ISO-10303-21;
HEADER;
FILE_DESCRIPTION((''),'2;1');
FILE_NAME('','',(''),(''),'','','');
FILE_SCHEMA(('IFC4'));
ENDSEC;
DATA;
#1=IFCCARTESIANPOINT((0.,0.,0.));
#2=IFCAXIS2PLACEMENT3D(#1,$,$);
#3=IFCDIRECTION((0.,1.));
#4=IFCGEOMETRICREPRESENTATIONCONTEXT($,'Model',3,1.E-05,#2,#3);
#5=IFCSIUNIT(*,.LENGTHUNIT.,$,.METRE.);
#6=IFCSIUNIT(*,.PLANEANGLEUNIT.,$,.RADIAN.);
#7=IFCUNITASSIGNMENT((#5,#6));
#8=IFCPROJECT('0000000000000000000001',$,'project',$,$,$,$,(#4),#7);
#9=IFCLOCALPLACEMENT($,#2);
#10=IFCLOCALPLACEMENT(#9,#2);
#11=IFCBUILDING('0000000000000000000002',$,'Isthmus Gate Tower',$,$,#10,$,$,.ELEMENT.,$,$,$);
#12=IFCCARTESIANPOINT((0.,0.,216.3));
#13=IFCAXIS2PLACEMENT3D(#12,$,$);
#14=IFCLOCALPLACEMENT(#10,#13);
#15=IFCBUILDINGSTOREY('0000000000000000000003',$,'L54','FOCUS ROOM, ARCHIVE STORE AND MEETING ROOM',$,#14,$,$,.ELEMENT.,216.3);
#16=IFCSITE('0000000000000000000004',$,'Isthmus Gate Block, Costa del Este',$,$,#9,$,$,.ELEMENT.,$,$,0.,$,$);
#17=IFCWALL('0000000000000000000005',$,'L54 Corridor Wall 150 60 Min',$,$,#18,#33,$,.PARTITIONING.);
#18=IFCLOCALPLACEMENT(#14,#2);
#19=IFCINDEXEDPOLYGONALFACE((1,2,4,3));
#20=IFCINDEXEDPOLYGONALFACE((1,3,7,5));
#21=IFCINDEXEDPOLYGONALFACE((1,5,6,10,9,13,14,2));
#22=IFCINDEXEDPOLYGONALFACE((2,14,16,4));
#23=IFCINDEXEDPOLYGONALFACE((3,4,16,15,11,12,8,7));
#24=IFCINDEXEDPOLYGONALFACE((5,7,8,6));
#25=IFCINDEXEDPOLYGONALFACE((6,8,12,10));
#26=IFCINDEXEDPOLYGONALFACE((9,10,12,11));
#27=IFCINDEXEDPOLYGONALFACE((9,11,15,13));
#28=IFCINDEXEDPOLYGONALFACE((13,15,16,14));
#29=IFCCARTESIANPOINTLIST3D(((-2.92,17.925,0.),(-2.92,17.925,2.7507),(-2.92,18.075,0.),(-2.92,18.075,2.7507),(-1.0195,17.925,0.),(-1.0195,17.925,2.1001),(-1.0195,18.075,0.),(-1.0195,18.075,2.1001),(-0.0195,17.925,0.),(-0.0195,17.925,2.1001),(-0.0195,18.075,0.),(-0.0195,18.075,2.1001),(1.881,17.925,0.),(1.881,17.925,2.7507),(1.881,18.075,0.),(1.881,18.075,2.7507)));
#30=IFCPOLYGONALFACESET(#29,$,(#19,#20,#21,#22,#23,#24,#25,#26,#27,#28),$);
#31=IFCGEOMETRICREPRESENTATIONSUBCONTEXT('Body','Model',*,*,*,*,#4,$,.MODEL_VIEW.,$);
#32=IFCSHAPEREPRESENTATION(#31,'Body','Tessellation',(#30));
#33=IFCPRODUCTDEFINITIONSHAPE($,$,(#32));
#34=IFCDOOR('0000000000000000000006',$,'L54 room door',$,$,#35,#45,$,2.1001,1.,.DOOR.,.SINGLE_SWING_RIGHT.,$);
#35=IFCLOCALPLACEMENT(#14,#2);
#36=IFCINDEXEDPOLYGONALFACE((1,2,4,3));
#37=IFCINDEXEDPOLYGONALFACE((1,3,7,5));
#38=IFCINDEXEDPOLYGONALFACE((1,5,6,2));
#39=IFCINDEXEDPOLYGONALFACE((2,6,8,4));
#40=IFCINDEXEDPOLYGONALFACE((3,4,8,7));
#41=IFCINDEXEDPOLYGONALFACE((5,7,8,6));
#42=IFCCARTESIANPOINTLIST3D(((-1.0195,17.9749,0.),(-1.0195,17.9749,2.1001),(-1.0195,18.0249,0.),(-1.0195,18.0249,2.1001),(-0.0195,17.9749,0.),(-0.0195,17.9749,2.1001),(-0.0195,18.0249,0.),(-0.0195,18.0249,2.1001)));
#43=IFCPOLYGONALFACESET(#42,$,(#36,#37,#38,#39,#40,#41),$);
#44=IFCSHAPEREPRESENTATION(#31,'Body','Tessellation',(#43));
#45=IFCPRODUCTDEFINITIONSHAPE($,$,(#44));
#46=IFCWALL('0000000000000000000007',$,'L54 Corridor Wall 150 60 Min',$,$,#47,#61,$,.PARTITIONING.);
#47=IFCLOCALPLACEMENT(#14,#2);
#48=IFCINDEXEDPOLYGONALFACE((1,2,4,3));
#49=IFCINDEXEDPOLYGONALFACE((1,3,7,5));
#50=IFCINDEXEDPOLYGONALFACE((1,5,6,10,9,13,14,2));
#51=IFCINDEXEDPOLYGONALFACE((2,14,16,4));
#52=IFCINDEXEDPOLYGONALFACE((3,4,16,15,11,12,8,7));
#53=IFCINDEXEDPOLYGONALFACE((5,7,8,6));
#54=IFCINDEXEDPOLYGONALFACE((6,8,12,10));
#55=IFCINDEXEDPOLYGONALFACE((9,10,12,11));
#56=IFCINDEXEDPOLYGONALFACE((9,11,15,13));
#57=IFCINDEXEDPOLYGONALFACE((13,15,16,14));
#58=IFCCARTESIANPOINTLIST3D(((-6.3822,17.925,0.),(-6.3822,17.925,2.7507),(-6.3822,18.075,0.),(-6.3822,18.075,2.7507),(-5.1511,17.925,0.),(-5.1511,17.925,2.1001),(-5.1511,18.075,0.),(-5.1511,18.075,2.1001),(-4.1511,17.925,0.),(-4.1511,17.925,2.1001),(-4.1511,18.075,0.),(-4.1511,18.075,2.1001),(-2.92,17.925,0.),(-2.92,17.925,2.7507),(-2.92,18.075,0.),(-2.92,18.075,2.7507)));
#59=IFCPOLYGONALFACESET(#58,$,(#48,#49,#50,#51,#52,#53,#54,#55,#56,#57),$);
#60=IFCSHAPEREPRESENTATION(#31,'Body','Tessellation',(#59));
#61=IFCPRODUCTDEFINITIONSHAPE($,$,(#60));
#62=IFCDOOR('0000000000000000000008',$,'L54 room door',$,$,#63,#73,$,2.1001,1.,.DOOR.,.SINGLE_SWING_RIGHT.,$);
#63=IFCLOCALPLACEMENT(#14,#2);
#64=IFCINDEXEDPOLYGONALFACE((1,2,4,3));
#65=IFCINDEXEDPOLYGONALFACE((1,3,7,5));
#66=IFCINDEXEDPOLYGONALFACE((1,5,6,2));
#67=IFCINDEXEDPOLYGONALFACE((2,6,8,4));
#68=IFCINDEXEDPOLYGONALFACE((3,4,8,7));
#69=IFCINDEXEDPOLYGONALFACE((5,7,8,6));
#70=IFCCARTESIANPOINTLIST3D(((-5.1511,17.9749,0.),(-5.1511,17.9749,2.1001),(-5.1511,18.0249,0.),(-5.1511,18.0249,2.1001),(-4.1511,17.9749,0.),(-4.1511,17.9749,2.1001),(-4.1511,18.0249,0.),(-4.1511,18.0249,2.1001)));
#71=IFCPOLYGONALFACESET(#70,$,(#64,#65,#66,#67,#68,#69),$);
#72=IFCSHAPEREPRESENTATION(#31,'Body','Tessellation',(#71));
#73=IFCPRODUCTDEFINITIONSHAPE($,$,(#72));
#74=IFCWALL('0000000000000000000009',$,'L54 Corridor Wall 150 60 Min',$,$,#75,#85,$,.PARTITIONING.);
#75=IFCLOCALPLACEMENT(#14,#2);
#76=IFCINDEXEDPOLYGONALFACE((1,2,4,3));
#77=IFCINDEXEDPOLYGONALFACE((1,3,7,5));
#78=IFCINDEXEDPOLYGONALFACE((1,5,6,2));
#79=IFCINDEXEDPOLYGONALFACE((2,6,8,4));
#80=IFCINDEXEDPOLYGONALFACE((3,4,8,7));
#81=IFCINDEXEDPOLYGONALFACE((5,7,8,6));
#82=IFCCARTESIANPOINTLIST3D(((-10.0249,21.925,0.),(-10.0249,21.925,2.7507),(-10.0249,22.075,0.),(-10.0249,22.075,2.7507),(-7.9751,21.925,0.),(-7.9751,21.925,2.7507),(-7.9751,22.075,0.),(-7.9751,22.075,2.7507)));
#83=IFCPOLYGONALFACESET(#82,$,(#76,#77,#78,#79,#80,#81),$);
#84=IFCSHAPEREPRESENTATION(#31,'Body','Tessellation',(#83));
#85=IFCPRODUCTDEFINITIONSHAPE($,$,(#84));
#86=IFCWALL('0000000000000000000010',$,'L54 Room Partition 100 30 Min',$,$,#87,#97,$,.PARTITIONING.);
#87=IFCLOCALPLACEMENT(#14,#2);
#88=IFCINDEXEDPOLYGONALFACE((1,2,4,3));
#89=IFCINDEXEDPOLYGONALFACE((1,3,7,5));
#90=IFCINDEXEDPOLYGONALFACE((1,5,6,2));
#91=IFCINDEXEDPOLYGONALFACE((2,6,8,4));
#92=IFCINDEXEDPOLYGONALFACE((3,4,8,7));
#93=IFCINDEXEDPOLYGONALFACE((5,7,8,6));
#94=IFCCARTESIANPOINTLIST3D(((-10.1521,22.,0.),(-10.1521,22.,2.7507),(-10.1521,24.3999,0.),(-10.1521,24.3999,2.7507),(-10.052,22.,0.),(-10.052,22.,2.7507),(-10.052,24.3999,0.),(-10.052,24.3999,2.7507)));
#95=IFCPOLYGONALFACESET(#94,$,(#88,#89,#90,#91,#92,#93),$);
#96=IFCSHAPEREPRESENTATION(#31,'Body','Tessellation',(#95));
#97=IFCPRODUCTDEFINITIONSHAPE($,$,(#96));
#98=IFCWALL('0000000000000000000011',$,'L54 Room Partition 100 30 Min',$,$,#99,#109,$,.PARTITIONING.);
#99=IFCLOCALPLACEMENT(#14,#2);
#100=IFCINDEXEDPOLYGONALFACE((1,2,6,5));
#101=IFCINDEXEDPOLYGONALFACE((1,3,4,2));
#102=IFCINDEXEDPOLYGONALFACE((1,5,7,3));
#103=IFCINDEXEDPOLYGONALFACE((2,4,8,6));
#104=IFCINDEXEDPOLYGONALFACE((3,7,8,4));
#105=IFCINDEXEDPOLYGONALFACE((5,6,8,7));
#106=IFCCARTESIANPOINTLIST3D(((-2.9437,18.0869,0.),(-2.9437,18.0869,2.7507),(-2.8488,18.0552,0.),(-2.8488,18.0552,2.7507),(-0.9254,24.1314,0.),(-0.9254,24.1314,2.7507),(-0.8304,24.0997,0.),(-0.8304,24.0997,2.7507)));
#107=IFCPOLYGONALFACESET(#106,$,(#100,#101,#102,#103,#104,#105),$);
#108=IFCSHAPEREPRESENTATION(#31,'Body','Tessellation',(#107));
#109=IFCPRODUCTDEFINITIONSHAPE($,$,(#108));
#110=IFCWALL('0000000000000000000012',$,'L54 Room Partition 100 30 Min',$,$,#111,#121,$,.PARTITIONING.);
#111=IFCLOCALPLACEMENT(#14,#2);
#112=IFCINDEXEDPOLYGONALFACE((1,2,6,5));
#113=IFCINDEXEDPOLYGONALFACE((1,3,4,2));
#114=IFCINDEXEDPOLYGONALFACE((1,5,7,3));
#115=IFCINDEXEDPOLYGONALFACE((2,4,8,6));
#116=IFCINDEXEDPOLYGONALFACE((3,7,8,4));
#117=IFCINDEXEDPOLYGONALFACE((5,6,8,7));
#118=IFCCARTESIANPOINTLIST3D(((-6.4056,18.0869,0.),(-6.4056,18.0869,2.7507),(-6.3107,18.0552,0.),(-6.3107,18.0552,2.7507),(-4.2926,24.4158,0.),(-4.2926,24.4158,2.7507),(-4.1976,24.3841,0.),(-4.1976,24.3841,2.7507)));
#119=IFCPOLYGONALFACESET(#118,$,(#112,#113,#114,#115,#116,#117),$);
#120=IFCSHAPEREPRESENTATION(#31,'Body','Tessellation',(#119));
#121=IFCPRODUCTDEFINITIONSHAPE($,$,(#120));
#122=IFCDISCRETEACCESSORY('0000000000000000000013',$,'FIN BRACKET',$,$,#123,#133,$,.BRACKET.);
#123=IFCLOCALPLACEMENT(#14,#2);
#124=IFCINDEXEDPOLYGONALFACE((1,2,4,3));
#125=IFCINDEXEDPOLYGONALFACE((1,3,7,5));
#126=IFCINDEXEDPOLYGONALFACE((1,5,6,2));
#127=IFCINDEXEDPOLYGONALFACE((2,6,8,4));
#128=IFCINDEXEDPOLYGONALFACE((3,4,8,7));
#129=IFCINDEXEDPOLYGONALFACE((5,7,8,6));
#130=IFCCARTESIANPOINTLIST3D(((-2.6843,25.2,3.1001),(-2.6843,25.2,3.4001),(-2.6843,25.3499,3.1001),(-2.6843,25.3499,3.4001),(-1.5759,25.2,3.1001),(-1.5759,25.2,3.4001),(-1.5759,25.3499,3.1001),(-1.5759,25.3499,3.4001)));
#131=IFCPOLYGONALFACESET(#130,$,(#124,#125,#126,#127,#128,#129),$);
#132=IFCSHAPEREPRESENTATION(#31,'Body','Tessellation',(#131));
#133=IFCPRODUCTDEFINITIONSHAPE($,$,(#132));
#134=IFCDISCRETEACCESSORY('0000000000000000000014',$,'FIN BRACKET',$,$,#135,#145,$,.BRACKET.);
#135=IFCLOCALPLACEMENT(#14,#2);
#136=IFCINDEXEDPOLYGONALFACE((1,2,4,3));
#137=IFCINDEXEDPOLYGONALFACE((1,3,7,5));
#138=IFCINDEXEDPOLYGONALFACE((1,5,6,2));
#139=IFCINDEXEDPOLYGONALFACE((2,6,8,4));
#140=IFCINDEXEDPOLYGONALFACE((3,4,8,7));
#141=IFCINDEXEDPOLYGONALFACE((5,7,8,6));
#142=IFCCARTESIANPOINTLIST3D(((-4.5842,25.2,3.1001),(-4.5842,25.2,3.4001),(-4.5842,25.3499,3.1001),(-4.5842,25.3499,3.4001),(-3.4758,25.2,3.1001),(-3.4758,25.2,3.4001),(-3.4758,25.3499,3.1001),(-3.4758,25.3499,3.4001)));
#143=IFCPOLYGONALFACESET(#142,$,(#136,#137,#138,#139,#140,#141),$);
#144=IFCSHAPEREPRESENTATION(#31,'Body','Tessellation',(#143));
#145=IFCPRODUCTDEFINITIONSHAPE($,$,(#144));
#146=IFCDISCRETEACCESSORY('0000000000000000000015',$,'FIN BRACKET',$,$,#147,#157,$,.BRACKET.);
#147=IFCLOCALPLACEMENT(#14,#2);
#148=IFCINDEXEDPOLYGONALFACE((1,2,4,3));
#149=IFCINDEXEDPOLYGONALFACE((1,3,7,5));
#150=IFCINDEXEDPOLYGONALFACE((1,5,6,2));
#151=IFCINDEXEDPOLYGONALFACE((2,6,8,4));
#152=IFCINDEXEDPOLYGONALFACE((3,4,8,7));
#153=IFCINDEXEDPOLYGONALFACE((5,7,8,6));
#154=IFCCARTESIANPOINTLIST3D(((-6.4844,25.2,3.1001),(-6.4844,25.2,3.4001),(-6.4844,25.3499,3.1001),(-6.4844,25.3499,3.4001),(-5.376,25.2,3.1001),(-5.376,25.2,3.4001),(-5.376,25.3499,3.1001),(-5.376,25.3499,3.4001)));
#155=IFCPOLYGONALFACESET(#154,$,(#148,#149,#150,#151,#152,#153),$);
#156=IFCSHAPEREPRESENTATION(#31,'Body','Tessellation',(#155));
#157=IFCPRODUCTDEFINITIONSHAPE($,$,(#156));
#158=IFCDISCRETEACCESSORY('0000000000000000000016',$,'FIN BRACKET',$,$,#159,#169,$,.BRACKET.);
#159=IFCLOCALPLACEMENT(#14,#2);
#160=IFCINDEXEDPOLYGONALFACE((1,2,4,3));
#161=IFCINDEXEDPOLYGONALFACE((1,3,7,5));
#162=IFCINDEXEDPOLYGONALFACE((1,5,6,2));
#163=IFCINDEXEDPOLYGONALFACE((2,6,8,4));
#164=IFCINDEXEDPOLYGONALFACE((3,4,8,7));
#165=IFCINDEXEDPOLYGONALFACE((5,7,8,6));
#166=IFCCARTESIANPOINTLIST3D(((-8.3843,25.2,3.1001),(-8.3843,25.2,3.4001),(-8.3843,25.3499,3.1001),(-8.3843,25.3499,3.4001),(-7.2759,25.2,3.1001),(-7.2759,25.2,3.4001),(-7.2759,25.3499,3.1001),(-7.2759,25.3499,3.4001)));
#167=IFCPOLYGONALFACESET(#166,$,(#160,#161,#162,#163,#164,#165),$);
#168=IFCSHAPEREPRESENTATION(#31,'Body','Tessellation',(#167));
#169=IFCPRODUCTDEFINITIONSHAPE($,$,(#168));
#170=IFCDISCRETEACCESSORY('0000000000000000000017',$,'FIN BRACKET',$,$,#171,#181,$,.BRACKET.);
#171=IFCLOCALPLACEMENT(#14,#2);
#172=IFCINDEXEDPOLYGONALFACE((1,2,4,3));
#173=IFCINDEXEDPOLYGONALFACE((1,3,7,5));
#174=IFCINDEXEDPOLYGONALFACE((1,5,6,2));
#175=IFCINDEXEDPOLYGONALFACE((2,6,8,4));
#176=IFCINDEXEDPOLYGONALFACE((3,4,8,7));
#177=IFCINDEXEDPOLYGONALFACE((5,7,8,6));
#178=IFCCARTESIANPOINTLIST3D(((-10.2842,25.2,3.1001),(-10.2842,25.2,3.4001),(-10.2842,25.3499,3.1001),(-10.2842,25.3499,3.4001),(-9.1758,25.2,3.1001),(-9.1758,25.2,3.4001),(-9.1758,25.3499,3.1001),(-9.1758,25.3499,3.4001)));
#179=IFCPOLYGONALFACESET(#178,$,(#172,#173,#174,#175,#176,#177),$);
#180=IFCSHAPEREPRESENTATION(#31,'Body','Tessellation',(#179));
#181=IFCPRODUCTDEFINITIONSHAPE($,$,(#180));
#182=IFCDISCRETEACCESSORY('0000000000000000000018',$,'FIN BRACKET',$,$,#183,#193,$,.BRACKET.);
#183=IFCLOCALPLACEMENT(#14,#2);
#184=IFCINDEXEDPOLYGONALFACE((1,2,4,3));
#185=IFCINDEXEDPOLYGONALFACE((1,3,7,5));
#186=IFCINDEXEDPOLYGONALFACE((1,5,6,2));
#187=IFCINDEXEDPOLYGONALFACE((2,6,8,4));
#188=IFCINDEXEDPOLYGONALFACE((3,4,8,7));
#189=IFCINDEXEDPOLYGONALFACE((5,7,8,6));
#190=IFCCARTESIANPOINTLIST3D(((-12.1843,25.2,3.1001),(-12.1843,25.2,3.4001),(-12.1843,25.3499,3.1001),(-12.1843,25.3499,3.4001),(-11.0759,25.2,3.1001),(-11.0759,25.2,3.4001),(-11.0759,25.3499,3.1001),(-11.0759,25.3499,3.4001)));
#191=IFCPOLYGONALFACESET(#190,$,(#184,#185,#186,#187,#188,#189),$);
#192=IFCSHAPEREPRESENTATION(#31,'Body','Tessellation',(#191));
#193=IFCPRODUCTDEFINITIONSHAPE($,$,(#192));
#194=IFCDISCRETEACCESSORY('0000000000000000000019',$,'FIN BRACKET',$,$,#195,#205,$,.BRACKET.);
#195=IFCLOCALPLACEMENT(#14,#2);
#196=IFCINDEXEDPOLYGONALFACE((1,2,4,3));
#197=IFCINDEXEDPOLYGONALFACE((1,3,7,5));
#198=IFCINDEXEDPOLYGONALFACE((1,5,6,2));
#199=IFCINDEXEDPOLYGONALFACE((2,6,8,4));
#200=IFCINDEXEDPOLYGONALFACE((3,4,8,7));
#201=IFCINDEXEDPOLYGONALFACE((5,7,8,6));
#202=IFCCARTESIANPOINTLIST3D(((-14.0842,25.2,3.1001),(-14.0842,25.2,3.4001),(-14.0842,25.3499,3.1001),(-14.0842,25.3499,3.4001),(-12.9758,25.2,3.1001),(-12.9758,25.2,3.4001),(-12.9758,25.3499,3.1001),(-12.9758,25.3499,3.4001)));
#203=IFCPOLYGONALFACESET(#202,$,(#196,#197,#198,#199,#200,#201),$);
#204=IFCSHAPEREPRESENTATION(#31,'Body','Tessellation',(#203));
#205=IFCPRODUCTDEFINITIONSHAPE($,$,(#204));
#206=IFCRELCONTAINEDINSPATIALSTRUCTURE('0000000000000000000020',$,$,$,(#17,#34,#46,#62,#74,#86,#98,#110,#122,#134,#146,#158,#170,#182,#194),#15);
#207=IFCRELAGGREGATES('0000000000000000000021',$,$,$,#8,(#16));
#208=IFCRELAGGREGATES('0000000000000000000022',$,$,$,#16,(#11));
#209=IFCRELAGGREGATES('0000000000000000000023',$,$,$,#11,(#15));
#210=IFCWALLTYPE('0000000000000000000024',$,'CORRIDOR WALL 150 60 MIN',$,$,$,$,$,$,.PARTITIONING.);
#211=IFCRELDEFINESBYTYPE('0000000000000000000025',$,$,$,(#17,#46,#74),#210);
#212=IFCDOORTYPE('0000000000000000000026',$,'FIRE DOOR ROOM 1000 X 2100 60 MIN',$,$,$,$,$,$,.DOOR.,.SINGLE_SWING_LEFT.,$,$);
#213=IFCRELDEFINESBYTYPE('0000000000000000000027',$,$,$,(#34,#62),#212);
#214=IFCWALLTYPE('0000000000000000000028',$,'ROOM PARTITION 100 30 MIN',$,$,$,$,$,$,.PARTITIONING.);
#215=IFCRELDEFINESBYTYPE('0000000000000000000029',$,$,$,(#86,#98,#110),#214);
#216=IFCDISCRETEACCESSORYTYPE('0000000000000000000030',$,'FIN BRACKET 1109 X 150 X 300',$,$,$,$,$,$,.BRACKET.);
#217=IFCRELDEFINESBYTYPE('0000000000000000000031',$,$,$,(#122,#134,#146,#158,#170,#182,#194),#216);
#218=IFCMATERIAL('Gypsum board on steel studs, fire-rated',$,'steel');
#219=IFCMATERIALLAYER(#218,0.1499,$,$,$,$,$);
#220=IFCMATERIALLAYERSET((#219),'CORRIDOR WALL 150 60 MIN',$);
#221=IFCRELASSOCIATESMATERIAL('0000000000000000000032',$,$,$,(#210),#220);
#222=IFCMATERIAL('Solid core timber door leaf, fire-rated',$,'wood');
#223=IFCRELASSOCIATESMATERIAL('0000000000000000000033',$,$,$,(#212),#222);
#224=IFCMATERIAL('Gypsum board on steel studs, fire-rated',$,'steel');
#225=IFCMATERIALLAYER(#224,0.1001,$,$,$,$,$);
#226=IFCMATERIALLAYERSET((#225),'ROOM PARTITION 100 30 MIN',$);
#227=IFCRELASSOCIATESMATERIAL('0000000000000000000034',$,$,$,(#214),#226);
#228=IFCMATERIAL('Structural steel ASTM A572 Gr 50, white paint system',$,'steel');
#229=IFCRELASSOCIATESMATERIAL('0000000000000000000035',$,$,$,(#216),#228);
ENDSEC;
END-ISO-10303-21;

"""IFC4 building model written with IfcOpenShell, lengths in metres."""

from ifc_helpers import new_model, si_unit, direction, frame, frame_2d, origin, origin_2d, place, context, subcontext, project, spatial, rectangle, extrude, material, layer, layer_set, type_object, element, fill, save


model = new_model("IFC4")

# Units and contexts
model_context = context("Model", 3, precision=1e-05, world=origin(), true_north=direction((0.0, 1.0)))
body_context = subcontext(model_context, "Body", "Model", "MODEL_VIEW")
ifc_project = project(units=[si_unit("LENGTHUNIT", "METRE"), si_unit("PLANEANGLEUNIT", "RADIAN")], contexts=[model_context])

# Site, building, storey
site_placement = place(None, origin())
site = spatial("IfcSite", under=ifc_project, at=site_placement, Name="Isthmus Gate Block, Costa del Este", CompositionType="ELEMENT", RefElevation=0.0)
building_placement = place(site_placement, origin())
building = spatial("IfcBuilding", under=site, at=building_placement, Name="Isthmus Gate Tower", CompositionType="ELEMENT")
storey_placement = place(building_placement, frame((0.0, 0.0, 216.3)))
storey = spatial("IfcBuildingStorey", under=building, at=storey_placement, Name="L54", Description="FOCUS ROOM, ARCHIVE STORE AND MEETING ROOM", CompositionType="ELEMENT", Elevation=216.3)

# Shared definitions
ifc_material_1 = material(Name="Gypsum board on steel studs, fire-rated", Category="steel")
ifc_layer_1 = layer(ifc_material_1, 0.1499)
ifc_layer_set_1 = layer_set([ifc_layer_1], Name="CORRIDOR WALL 150 60 MIN")
wall_type_1 = type_object("IfcWallType", Name="CORRIDOR WALL 150 60 MIN", PredefinedType="PARTITIONING", material=ifc_layer_set_1)
ifc_material_2 = material(Name="Solid core timber door leaf, fire-rated", Category="wood")
door_type = type_object("IfcDoorType", Name="FIRE DOOR ROOM 1000 X 2100 60 MIN", OperationType="SINGLE_SWING_LEFT", PredefinedType="DOOR", material=ifc_material_2)

# Walls, openings, doors
wall_1_placement = place(storey_placement, frame((-2.9199, 18.0, 0.0), z_axis=(0.0, 0.0, 1.0), x_axis=(1.0, 0.0, 0.0)))
wall_1 = element("IfcWall", 1, at=wall_1_placement, inside=storey, type_object=wall_type_1, Name="L54 Corridor Wall 150 60 Min", PredefinedType="PARTITIONING", context=body_context, shape_type="SweptSolid", body=[
    extrude(rectangle(XDim=4.801, YDim=0.1499, at=frame_2d((2.4004, 0.0))), origin(), (0.0, 0.0, 1.0), 2.7507),
])
opening_1_placement = place(wall_1_placement, frame((1.9004, 0.0, 0.0)))
opening_1 = element("IfcOpeningElement", 2, at=opening_1_placement, cuts=wall_1, PredefinedType="OPENING", context=body_context, shape_type="SweptSolid", body=[
    extrude(rectangle(XDim=1.0, YDim=2.1001, at=frame_2d((0.5, 1.05))), frame((0.0, 0.085, 0.0), z_axis=(0.0, -1.0, 0.0), x_axis=(1.0, 0.0, 0.0)), (0.0, 0.0, 1.0), 0.1699),
])
door_1_placement = place(opening_1_placement, origin())
door_1 = element("IfcDoor", 3, at=door_1_placement, inside=storey, type_object=door_type, Name="L54 room door", OperationType="SINGLE_SWING_RIGHT", OverallHeight=2.1001, OverallWidth=1.0, PredefinedType="DOOR", context=body_context, shape_type="SweptSolid", body=[
    extrude(rectangle(XDim=1.0, YDim=2.1001, at=frame_2d((0.5, 1.05))), frame((0.0, 0.0249, 0.0), z_axis=(0.0, -1.0, 0.0), x_axis=(1.0, 0.0, 0.0)), (0.0, 0.0, 1.0), 0.05),
])
fill(opening_1, door_1)
wall_2_placement = place(storey_placement, frame((-6.3821, 18.0, 0.0), z_axis=(0.0, 0.0, 1.0), x_axis=(1.0, 0.0, 0.0)))
wall_2 = element("IfcWall", 4, at=wall_2_placement, inside=storey, type_object=wall_type_1, Name="L54 Corridor Wall 150 60 Min", PredefinedType="PARTITIONING", context=body_context, shape_type="SweptSolid", body=[
    extrude(rectangle(XDim=3.4622, YDim=0.1499, at=frame_2d((1.731, 0.0))), origin(), (0.0, 0.0, 1.0), 2.7507),
])
opening_2_placement = place(wall_2_placement, frame((1.231, 0.0, 0.0)))
opening_2 = element("IfcOpeningElement", 5, at=opening_2_placement, cuts=wall_2, PredefinedType="OPENING", context=body_context, shape_type="SweptSolid", body=[
    extrude(rectangle(XDim=1.0, YDim=2.1001, at=frame_2d((0.5, 1.05))), frame((0.0, 0.085, 0.0), z_axis=(0.0, -1.0, 0.0), x_axis=(1.0, 0.0, 0.0)), (0.0, 0.0, 1.0), 0.1699),
])
door_2_placement = place(opening_2_placement, origin())
door_2 = element("IfcDoor", 6, at=door_2_placement, inside=storey, type_object=door_type, Name="L54 room door", OperationType="SINGLE_SWING_RIGHT", OverallHeight=2.1001, OverallWidth=1.0, PredefinedType="DOOR", context=body_context, shape_type="SweptSolid", body=[
    extrude(rectangle(XDim=1.0, YDim=2.1001, at=frame_2d((0.5, 1.05))), frame((0.0, 0.0249, 0.0), z_axis=(0.0, -1.0, 0.0), x_axis=(1.0, 0.0, 0.0)), (0.0, 0.0, 1.0), 0.05),
])
fill(opening_2, door_2)

# Walls
wall_3_placement = place(storey_placement, frame((-10.0249, 22.0, 0.0), z_axis=(0.0, 0.0, 1.0), x_axis=(1.0, 0.0, 0.0)))
element("IfcWall", 7, at=wall_3_placement, inside=storey, type_object=wall_type_1, Name="L54 Corridor Wall 150 60 Min", PredefinedType="PARTITIONING", context=body_context, shape_type="SweptSolid", body=[
    extrude(rectangle(XDim=2.0498, YDim=0.1499, at=frame_2d((1.0249, 0.0))), origin(), (0.0, 0.0, 1.0), 2.7507),
])
ifc_material_3 = material(Name="Gypsum board on steel studs, fire-rated", Category="steel")
ifc_layer_2 = layer(ifc_material_3, 0.1001)
ifc_layer_set_2 = layer_set([ifc_layer_2], Name="ROOM PARTITION 100 30 MIN")
wall_type_2 = type_object("IfcWallType", Name="ROOM PARTITION 100 30 MIN", PredefinedType="PARTITIONING", material=ifc_layer_set_2)
wall_4_placement = place(storey_placement, frame((-10.1021, 22.0, 0.0), z_axis=(0.0, 0.0, 1.0), x_axis=(0.0, 1.0, 0.0)))
element("IfcWall", 8, at=wall_4_placement, inside=storey, type_object=wall_type_2, Name="L54 Room Partition 100 30 Min", PredefinedType="PARTITIONING", context=body_context, shape_type="SweptSolid", body=[
    extrude(rectangle(XDim=2.3999, YDim=0.1001, at=frame_2d((1.2, 0.0))), origin(), (0.0, 0.0, 1.0), 2.7507),
])
wall_5_placement = place(storey_placement, frame((-2.8962, 18.071, 0.0), z_axis=(0.0, 0.0, 1.0), x_axis=(0.316722, 0.948518, 0.0)))
element("IfcWall", 9, at=wall_5_placement, inside=storey, type_object=wall_type_2, Name="L54 Room Partition 100 30 Min", PredefinedType="PARTITIONING", context=body_context, shape_type="SweptSolid", body=[
    extrude(rectangle(XDim=6.3726, YDim=0.1001, at=frame_2d((3.1863, 0.0))), origin(), (0.0, 0.0, 1.0), 2.7507),
])
wall_6_placement = place(storey_placement, frame((-6.3582, 18.071, 0.0), z_axis=(0.0, 0.0, 1.0), x_axis=(0.316689, 0.94853, 0.0)))
element("IfcWall", 10, at=wall_6_placement, inside=storey, type_object=wall_type_2, Name="L54 Room Partition 100 30 Min", PredefinedType="PARTITIONING", context=body_context, shape_type="SweptSolid", body=[
    extrude(rectangle(XDim=6.6724, YDim=0.1001, at=frame_2d((3.3362, 0.0))), origin(), (0.0, 0.0, 1.0), 2.7507),
])

# Discrete accessories
ifc_material_4 = material(Name="Structural steel ASTM A572 Gr 50, white paint system", Category="steel")
discrete_accessory_type = type_object("IfcDiscreteAccessoryType", Name="FIN BRACKET 1109 X 150 X 300", PredefinedType="BRACKET", material=ifc_material_4)
for number, where, z_axis, x_axis, name in (
    (11, (-2.1301, 25.2749, 3.1001), (0.0, 0.0, 1.0), (0.0, 1.0, 0.0), "FIN BRACKET"),
    (12, (-4.03, 25.2749, 3.1001), (0.0, 0.0, 1.0), (0.0, 1.0, 0.0), "FIN BRACKET"),
    (13, (-5.9302, 25.2749, 3.1001), (0.0, 0.0, 1.0), (0.0, 1.0, 0.0), "FIN BRACKET"),
    (14, (-7.8301, 25.2749, 3.1001), (0.0, 0.0, 1.0), (0.0, 1.0, 0.0), "FIN BRACKET"),
    (15, (-9.73, 25.2749, 3.1001), (0.0, 0.0, 1.0), (0.0, 1.0, 0.0), "FIN BRACKET"),
    (16, (-11.6301, 25.2749, 3.1001), (0.0, 0.0, 1.0), (0.0, 1.0, 0.0), "FIN BRACKET"),
    (17, (-13.53, 25.2749, 3.1001), (0.0, 0.0, 1.0), (0.0, 1.0, 0.0), "FIN BRACKET"),
):
    element("IfcDiscreteAccessory", number, at=place(storey_placement, frame(where, z_axis=z_axis, x_axis=x_axis)), inside=storey, type_object=discrete_accessory_type, Name=name, PredefinedType="BRACKET", context=body_context, shape_type="SweptSolid", body=[
        extrude(rectangle(XDim=0.1499, YDim=1.1084, at=origin_2d()), origin(), (0.0, 0.0, 1.0), 0.3),
    ])

save(model, "model.ifc")
